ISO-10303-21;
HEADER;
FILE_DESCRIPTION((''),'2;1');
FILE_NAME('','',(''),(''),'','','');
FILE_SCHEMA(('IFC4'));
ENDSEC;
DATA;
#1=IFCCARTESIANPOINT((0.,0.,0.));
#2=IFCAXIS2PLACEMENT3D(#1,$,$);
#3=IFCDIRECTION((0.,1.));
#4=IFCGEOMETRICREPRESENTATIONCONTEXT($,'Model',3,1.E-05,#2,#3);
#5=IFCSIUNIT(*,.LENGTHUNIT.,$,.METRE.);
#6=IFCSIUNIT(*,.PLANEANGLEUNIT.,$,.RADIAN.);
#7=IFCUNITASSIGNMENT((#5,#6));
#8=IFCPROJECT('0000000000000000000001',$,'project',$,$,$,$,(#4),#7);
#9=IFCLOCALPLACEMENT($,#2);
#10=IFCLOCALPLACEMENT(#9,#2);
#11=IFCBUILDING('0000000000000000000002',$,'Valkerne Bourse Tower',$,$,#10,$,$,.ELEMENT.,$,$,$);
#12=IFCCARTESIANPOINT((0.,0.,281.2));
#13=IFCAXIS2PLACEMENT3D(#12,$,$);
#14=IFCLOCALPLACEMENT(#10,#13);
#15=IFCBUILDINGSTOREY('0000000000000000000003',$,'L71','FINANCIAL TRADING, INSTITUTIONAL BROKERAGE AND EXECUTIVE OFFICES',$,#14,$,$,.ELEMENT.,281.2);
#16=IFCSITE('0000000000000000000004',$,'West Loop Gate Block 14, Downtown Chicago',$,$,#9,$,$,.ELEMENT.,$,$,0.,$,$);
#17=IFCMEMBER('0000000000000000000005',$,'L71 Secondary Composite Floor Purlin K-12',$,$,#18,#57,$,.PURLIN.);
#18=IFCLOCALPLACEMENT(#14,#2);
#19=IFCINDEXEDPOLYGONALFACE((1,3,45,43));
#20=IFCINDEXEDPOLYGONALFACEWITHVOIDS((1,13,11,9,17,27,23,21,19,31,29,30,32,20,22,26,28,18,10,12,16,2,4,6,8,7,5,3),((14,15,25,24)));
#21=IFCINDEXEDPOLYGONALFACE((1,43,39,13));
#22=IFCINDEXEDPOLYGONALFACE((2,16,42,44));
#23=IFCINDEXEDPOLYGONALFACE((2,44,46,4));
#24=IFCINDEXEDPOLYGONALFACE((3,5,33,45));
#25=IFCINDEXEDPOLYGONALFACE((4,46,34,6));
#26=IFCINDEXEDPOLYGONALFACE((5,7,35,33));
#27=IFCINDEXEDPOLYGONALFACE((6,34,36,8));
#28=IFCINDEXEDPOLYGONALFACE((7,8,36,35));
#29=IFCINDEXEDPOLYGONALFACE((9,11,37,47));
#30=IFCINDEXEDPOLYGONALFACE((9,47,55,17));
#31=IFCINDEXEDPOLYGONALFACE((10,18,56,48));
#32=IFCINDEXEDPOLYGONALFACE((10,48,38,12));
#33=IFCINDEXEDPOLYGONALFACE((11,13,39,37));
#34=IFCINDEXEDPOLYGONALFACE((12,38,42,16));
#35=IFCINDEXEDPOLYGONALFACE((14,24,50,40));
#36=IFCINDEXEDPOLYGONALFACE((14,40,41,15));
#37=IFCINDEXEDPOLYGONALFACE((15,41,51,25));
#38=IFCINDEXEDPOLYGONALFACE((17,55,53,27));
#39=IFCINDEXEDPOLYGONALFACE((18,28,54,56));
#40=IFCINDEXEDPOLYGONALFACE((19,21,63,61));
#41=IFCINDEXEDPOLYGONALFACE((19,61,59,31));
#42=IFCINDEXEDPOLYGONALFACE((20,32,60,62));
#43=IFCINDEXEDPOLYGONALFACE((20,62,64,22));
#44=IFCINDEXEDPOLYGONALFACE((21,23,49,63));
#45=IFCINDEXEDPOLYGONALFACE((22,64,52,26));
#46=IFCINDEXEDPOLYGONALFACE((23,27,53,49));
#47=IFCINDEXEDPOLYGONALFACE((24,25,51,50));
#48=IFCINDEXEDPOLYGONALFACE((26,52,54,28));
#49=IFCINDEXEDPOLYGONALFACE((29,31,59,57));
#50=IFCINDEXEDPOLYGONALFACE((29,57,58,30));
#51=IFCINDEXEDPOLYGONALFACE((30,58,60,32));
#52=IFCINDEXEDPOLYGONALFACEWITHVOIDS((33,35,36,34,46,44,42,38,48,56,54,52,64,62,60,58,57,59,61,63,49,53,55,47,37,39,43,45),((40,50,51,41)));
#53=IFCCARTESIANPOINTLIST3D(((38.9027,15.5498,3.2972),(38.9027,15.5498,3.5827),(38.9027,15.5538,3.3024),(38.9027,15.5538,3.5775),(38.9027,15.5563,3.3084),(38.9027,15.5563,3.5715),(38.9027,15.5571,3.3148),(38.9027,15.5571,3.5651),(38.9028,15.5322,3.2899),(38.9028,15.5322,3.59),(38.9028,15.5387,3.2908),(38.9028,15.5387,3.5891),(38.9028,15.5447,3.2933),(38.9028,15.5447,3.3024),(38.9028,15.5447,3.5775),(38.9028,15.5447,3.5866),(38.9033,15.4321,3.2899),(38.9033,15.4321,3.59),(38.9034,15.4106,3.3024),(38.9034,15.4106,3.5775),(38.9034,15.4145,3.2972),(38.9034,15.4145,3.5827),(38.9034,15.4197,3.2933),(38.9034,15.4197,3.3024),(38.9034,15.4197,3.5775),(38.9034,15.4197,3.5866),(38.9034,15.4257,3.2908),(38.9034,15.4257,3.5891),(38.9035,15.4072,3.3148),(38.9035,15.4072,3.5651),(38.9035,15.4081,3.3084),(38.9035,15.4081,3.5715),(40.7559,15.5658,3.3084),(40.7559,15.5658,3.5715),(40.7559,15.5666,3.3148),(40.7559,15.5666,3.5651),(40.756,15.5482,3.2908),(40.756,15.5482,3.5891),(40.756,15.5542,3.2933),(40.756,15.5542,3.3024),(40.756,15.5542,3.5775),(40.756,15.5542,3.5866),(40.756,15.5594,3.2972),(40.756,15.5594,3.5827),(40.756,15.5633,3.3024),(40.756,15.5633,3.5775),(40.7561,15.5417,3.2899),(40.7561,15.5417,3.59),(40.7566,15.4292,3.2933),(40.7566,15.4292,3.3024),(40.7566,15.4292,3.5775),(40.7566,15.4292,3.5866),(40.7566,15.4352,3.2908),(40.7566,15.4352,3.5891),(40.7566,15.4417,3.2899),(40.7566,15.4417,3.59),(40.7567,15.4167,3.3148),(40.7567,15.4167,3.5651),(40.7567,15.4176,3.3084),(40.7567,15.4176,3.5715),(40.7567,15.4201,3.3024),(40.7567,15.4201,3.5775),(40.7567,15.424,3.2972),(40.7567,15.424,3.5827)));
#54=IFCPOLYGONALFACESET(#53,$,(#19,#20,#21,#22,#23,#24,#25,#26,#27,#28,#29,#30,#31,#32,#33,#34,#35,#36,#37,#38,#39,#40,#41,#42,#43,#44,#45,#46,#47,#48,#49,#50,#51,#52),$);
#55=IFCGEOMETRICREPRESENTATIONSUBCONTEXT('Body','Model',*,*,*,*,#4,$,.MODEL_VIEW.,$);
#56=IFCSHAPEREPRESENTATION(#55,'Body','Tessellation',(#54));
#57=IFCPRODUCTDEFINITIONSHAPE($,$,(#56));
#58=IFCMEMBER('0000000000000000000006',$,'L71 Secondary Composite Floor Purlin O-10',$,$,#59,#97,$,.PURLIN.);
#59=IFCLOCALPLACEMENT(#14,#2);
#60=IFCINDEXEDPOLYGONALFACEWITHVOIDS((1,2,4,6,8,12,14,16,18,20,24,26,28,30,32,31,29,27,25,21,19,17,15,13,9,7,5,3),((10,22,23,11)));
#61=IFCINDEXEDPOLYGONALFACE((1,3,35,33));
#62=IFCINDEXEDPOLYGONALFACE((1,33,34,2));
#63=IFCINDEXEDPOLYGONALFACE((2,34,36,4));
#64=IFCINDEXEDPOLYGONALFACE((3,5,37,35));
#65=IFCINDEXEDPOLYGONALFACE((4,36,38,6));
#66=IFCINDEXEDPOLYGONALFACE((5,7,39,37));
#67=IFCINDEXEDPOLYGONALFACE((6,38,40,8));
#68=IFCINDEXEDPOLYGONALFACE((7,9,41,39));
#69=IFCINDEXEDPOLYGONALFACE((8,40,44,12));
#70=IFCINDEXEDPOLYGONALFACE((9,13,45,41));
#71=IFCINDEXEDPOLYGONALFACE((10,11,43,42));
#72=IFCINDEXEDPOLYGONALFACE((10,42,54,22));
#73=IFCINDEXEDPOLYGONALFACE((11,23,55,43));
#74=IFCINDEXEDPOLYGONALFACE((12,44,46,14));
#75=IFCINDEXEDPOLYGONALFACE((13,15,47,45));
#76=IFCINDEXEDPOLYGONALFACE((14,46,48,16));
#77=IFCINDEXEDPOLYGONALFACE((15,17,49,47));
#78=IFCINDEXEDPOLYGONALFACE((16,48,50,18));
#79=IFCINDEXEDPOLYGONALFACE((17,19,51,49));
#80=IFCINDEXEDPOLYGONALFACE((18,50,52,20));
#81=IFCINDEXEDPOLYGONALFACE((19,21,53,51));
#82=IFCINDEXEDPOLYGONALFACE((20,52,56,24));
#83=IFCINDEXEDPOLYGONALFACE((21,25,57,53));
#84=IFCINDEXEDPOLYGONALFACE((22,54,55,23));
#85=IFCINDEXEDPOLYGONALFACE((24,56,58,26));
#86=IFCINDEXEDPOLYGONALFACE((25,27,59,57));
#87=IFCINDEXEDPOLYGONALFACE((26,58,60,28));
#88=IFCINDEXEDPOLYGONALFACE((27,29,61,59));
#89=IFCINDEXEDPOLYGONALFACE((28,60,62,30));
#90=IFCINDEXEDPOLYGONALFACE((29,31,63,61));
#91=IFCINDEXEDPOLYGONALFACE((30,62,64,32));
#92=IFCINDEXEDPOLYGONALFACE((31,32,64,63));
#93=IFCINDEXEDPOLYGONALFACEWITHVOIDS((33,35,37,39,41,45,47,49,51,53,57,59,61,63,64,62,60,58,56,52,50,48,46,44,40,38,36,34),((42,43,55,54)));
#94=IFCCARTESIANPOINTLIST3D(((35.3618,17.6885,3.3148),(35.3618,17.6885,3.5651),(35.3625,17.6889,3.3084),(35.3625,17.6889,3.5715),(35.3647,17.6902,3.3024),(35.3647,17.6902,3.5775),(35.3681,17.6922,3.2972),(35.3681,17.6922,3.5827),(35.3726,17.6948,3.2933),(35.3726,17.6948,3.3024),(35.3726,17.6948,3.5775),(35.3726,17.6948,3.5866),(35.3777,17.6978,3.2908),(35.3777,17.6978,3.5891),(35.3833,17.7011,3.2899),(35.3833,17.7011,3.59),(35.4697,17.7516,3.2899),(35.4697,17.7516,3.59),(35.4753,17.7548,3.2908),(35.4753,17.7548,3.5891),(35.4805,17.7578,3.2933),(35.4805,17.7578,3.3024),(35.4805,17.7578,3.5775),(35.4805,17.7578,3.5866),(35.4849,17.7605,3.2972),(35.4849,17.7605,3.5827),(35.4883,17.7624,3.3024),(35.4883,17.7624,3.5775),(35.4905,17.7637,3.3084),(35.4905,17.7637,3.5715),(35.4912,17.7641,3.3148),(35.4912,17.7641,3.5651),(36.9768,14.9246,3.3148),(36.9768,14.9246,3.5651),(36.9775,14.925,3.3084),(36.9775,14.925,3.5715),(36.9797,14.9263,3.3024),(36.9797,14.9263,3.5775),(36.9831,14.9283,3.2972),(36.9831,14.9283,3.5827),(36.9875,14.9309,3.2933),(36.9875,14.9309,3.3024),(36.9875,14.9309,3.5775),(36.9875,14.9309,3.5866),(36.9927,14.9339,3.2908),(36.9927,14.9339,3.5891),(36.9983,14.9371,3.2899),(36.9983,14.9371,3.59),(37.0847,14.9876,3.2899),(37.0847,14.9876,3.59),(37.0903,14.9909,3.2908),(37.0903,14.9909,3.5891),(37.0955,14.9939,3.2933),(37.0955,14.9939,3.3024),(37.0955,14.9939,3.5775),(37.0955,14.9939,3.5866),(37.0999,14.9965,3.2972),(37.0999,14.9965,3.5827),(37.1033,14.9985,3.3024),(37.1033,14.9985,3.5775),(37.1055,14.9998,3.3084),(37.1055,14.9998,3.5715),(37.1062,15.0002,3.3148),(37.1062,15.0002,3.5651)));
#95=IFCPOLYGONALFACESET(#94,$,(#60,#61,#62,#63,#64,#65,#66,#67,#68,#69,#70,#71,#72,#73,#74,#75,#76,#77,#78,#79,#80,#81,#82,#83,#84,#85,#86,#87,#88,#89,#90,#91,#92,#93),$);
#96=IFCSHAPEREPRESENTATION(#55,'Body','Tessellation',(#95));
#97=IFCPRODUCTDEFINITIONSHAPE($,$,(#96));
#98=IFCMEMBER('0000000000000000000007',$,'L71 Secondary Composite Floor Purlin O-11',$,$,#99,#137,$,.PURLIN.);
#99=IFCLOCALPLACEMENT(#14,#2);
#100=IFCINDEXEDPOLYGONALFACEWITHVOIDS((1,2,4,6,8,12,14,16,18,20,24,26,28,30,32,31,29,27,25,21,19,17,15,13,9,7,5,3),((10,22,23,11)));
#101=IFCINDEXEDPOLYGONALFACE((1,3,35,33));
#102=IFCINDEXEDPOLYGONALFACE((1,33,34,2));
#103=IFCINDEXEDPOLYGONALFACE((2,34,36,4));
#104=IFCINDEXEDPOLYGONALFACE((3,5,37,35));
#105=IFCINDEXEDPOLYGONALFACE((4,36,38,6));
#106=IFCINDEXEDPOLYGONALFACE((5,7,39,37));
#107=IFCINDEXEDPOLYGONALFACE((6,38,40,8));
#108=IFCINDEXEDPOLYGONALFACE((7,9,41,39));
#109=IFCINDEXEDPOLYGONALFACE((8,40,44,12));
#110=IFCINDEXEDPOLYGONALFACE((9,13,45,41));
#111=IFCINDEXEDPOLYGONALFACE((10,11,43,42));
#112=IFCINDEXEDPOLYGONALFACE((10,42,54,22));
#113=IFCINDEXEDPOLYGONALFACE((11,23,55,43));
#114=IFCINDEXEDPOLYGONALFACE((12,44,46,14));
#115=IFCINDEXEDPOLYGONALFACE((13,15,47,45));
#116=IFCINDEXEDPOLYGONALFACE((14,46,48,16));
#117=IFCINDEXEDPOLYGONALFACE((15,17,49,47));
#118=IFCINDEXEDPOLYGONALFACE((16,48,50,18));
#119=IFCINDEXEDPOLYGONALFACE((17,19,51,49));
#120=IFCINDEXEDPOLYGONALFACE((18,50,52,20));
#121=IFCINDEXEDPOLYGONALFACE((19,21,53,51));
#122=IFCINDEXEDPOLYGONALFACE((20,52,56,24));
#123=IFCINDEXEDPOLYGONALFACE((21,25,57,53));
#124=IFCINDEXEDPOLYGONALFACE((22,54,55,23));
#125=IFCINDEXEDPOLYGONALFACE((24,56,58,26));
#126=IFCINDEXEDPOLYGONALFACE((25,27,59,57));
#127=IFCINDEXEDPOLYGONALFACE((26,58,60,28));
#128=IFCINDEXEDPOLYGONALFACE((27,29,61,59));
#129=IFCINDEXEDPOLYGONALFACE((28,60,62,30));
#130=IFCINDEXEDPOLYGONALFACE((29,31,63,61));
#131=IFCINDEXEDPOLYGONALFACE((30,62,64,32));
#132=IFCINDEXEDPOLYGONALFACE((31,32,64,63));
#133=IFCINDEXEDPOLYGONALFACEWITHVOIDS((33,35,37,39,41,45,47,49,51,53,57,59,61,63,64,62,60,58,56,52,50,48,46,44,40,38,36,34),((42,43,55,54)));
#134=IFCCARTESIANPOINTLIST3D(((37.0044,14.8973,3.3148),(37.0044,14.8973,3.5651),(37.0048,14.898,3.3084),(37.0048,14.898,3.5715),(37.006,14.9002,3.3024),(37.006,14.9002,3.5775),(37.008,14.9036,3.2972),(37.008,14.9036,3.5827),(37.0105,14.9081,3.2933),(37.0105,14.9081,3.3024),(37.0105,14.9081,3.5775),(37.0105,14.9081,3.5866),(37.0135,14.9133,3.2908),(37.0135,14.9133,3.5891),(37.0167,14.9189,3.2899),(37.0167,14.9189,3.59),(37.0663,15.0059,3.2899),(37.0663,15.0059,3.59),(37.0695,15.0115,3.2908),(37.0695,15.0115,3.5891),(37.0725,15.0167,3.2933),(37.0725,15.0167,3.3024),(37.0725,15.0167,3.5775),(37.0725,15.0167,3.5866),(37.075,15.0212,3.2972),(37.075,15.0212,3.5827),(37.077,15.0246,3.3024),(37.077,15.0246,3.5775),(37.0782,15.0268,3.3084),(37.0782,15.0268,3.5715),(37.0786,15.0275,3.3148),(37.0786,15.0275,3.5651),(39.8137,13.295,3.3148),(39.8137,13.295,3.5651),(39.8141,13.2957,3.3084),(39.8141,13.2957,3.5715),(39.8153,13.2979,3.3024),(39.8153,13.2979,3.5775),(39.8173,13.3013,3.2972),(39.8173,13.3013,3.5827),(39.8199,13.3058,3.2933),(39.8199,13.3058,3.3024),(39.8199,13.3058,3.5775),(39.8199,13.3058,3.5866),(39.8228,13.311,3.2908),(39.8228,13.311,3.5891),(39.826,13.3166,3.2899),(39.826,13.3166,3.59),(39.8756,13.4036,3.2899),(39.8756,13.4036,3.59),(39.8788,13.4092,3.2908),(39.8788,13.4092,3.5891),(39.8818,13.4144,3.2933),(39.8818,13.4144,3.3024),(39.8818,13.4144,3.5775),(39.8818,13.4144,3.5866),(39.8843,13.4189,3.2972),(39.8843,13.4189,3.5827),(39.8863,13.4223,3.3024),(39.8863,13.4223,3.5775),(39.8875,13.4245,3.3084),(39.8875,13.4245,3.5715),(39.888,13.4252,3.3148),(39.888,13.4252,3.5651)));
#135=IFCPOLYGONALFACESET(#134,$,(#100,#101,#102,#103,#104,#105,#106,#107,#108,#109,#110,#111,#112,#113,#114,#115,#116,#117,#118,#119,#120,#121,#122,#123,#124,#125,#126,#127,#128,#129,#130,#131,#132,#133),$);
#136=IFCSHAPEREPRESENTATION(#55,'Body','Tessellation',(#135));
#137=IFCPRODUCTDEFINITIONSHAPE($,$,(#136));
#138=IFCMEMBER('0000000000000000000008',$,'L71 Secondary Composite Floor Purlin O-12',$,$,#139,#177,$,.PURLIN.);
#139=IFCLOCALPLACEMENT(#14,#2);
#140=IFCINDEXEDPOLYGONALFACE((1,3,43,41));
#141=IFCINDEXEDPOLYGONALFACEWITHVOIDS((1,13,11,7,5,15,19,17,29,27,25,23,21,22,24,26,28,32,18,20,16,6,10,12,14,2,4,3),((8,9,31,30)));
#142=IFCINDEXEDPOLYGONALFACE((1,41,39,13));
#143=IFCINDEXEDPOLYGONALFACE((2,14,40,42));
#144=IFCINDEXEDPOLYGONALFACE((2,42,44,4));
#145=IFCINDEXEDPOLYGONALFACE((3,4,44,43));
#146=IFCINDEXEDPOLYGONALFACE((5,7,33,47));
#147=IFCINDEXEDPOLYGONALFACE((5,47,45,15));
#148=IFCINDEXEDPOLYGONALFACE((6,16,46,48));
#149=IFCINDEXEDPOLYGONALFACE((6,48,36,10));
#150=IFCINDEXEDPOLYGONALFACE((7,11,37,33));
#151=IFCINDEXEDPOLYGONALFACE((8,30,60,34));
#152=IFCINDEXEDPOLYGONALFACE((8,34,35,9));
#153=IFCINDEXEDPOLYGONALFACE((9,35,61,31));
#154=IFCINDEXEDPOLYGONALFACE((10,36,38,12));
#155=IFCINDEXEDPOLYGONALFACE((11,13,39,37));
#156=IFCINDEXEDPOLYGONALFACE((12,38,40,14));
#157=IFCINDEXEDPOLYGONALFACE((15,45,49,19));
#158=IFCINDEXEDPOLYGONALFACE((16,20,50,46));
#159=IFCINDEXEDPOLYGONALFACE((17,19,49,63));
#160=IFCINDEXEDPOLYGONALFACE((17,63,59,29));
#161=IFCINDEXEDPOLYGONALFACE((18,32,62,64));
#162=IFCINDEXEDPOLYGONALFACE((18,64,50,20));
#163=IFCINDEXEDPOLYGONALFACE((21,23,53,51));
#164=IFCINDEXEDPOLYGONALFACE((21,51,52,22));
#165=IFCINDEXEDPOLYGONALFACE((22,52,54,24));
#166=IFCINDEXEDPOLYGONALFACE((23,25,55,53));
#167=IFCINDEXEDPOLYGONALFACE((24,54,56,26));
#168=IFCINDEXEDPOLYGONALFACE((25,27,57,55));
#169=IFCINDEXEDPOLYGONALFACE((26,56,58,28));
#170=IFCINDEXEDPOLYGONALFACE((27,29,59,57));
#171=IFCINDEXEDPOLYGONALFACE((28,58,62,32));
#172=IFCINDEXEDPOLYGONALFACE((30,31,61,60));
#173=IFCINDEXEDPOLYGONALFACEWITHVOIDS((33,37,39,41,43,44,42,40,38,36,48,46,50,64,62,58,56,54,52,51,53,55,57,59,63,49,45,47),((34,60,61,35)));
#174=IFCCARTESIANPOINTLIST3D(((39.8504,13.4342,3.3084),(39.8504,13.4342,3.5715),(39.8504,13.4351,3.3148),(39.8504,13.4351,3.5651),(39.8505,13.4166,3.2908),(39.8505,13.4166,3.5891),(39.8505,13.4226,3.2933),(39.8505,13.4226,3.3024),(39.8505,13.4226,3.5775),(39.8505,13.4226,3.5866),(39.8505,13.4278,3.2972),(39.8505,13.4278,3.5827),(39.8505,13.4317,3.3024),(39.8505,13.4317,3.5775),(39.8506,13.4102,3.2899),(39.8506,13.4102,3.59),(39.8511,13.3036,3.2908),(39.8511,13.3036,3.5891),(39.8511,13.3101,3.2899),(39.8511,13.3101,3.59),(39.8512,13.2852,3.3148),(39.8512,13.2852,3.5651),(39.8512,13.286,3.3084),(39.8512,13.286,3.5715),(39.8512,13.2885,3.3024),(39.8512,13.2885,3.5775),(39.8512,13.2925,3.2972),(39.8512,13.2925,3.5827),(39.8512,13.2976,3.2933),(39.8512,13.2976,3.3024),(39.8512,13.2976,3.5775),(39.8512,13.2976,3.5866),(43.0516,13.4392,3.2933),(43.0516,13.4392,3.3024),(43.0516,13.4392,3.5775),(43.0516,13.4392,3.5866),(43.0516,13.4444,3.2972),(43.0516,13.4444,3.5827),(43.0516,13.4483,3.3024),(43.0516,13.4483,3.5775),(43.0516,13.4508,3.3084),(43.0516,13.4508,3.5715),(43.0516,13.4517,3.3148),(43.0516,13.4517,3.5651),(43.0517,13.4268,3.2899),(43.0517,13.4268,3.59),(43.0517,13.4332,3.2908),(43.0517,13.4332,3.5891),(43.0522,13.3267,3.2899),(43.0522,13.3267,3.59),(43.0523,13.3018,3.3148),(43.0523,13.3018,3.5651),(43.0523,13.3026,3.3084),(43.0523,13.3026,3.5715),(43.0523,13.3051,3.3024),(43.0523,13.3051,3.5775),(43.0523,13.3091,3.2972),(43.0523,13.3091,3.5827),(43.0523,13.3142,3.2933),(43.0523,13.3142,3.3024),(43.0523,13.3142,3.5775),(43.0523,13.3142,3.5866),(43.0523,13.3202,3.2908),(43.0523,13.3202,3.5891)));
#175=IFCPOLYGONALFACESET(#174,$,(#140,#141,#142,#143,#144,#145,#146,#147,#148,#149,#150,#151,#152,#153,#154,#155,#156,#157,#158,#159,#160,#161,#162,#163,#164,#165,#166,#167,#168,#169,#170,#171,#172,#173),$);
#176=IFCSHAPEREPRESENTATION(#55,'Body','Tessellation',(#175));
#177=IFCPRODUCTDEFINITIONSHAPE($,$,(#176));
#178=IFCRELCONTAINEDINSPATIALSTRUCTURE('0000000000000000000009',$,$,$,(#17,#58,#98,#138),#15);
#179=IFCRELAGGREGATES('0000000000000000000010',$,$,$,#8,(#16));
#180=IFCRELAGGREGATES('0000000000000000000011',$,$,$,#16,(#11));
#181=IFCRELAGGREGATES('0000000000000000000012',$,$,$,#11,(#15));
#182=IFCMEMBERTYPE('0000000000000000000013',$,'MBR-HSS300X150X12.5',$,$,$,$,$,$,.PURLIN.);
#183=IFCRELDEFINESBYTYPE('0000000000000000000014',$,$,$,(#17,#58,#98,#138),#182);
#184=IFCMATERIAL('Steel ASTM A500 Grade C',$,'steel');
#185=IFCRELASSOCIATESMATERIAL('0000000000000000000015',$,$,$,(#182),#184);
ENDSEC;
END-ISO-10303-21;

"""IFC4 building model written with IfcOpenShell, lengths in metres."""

from ifc_helpers import new_model, si_unit, direction, frame, origin, origin_2d, place, context, subcontext, project, spatial, hollow_rectangle, extrude, material, material_profile, profile_set, type_object, element, save


model = new_model("IFC4")

# Units and contexts
model_context = context("Model", 3, precision=1e-05, world=origin(), true_north=direction((0.0, 1.0)))
body_context = subcontext(model_context, "Body", "Model", "MODEL_VIEW")
ifc_project = project(units=[si_unit("LENGTHUNIT", "METRE"), si_unit("PLANEANGLEUNIT", "RADIAN")], contexts=[model_context])

# Site, building, storey
site_placement = place(None, origin())
site = spatial("IfcSite", under=ifc_project, at=site_placement, Name="West Loop Gate Block 14, Downtown Chicago", CompositionType="ELEMENT", RefElevation=0.0)
building_placement = place(site_placement, origin())
building = spatial("IfcBuilding", under=site, at=building_placement, Name="Valkerne Bourse Tower", CompositionType="ELEMENT")
storey_placement = place(building_placement, frame((0.0, 0.0, 281.2)))
storey = spatial("IfcBuildingStorey", under=building, at=storey_placement, Name="L71", Description="FINANCIAL TRADING, INSTITUTIONAL BROKERAGE AND EXECUTIVE OFFICES", CompositionType="ELEMENT", Elevation=281.2)

# Members
ifc_material_1 = material(Name="Steel ASTM A500 Grade C", Category="steel")
ifc_material_profile_1 = material_profile(ifc_material_1, hollow_rectangle(XDim=0.1499, YDim=0.3, WallThickness=0.0125, OuterFilletRadius=0.0249, at=origin_2d()), Name="HSS300X150X12.5")
ifc_profile_set_1 = profile_set([ifc_material_profile_1], Name="Steel ASTM A500 Grade C")
member_type_1 = type_object("IfcMemberType", Name="MBR-HSS300X150X12.5", PredefinedType="PURLIN", material=ifc_profile_set_1)
member_1_placement = place(storey_placement, frame((38.9031, 15.4822, 3.4399), z_axis=(0.999987, 0.005138, 0.0), x_axis=(-0.005138, 0.999987, 0.0)))
element("IfcMember", 1, at=member_1_placement, inside=storey, type_object=member_type_1, Name="L71 Secondary Composite Floor Purlin K-12", PredefinedType="PURLIN", context=body_context, shape_type="SweptSolid", body=[
    extrude(hollow_rectangle(XDim=0.1499, YDim=0.3, WallThickness=0.0125, OuterFilletRadius=0.0249, at=origin_2d()), origin(), (0.0, 0.0, 1.0), 1.8533),
])
member_2_placement = place(storey_placement, frame((35.4265, 17.7263, 3.4399), z_axis=(0.504502, -0.863411, 0.0), x_axis=(0.863411, 0.504502, 0.0)))
element("IfcMember", 2, at=member_2_placement, inside=storey, type_object=member_type_1, Name="L71 Secondary Composite Floor Purlin O-10", PredefinedType="PURLIN", context=body_context, shape_type="SweptSolid", body=[
    extrude(hollow_rectangle(XDim=0.1499, YDim=0.3, WallThickness=0.0125, OuterFilletRadius=0.0249, at=origin_2d()), origin(), (0.0, 0.0, 1.0), 3.2012),
])
member_3_placement = place(storey_placement, frame((37.0415, 14.9624, 3.4399), z_axis=(0.868647, -0.495432, 0.0), x_axis=(0.495432, 0.868647, 0.0)))
element("IfcMember", 3, at=member_3_placement, inside=storey, type_object=member_type_1, Name="L71 Secondary Composite Floor Purlin O-11", PredefinedType="PURLIN", context=body_context, shape_type="SweptSolid", body=[
    extrude(hollow_rectangle(XDim=0.1499, YDim=0.3, WallThickness=0.0125, OuterFilletRadius=0.0249, at=origin_2d()), origin(), (0.0, 0.0, 1.0), 3.2341),
])
member_4_placement = place(storey_placement, frame((39.8508, 13.3601, 3.4399), z_axis=(0.999987, 0.005186, 0.0), x_axis=(-0.005186, 0.999987, 0.0)))
element("IfcMember", 4, at=member_4_placement, inside=storey, type_object=member_type_1, Name="L71 Secondary Composite Floor Purlin O-12", PredefinedType="PURLIN", context=body_context, shape_type="SweptSolid", body=[
    extrude(hollow_rectangle(XDim=0.1499, YDim=0.3, WallThickness=0.0125, OuterFilletRadius=0.0249, at=origin_2d()), origin(), (0.0, 0.0, 1.0), 3.2012),
])

save(model, "model.ifc")
